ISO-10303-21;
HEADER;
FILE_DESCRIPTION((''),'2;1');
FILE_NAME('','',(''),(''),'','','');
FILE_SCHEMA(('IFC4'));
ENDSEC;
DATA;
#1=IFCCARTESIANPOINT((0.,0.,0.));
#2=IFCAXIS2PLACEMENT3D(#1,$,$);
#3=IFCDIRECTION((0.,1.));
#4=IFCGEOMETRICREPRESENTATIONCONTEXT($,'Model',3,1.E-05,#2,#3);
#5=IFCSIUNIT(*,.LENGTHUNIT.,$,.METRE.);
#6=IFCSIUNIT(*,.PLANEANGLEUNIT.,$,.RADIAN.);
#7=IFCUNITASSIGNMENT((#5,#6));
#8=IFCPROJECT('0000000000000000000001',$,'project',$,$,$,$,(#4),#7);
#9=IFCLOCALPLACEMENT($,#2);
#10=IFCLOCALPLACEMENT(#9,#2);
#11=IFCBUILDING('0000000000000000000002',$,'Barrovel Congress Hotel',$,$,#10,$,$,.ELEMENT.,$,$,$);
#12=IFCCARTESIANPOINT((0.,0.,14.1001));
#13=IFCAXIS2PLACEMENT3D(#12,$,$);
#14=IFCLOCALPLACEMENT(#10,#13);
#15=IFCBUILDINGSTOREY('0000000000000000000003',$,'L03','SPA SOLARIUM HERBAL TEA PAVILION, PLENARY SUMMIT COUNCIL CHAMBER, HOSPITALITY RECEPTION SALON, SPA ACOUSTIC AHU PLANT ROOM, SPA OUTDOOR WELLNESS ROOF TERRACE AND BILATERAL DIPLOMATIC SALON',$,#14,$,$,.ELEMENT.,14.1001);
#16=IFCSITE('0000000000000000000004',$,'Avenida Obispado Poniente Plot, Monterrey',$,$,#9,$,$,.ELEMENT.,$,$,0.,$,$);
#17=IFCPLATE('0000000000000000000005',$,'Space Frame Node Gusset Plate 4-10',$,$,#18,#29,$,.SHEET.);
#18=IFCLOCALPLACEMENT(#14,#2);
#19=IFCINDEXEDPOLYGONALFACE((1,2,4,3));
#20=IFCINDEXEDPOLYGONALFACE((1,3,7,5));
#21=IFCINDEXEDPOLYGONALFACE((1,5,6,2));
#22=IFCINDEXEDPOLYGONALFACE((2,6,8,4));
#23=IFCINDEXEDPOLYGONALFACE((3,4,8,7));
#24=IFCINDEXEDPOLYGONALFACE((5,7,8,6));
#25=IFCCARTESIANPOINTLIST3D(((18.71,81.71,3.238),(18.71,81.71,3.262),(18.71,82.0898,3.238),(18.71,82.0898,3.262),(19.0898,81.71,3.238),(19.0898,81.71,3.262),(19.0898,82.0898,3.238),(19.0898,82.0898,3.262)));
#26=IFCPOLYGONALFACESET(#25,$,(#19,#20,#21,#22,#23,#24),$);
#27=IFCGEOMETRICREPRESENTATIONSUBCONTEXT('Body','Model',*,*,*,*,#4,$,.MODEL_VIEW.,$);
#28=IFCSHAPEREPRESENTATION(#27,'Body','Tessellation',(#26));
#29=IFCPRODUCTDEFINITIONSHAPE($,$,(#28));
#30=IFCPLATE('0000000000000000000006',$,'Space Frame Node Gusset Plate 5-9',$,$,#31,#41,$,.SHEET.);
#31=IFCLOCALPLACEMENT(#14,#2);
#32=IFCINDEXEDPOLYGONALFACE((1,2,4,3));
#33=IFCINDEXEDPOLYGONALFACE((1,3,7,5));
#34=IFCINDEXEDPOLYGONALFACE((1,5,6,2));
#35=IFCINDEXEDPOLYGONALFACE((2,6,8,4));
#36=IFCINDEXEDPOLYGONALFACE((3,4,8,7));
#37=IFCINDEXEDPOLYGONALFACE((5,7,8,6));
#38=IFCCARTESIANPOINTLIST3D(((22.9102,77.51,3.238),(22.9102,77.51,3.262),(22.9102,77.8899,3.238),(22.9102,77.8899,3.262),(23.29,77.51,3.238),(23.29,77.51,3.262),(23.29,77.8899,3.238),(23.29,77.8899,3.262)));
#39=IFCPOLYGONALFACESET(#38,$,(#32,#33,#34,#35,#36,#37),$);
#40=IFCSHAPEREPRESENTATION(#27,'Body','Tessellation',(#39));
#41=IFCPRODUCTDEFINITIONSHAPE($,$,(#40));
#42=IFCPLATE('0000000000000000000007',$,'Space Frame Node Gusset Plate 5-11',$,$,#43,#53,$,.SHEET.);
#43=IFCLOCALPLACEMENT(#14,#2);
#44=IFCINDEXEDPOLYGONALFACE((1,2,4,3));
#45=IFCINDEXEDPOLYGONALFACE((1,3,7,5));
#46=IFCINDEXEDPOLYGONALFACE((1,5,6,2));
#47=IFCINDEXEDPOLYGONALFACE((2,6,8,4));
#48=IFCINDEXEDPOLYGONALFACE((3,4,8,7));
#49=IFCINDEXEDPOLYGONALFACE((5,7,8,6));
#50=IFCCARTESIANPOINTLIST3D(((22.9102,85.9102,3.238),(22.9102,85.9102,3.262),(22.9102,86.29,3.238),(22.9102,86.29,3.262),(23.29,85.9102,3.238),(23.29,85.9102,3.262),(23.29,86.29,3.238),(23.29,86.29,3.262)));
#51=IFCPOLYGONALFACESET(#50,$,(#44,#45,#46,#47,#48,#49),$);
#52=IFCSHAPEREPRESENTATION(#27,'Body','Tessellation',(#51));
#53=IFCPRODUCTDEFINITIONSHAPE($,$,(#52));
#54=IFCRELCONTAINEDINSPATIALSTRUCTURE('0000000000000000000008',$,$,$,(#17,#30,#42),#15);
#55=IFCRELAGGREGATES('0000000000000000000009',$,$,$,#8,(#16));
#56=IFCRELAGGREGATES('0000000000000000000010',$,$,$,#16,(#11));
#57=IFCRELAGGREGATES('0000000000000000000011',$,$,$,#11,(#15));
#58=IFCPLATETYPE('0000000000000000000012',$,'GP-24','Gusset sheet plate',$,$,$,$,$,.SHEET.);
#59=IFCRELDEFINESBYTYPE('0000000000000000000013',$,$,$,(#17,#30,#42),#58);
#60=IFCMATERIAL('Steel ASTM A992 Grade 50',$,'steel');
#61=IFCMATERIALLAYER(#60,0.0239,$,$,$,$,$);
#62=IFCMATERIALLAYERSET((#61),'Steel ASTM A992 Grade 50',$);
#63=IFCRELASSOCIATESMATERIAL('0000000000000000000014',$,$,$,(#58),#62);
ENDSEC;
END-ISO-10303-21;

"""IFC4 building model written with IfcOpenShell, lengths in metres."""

from ifc_helpers import new_model, si_unit, direction, frame, origin, origin_2d, place, context, subcontext, project, spatial, rectangle, extrude, material, layer, layer_set, type_object, element, save


model = new_model("IFC4")

# Units and contexts
model_context = context("Model", 3, precision=1e-05, world=origin(), true_north=direction((0.0, 1.0)))
body_context = subcontext(model_context, "Body", "Model", "MODEL_VIEW")
ifc_project = project(units=[si_unit("LENGTHUNIT", "METRE"), si_unit("PLANEANGLEUNIT", "RADIAN")], contexts=[model_context])

# Site, building, storey
site_placement = place(None, origin())
site = spatial("IfcSite", under=ifc_project, at=site_placement, Name="Avenida Obispado Poniente Plot, Monterrey", CompositionType="ELEMENT", RefElevation=0.0)
building_placement = place(site_placement, origin())
building = spatial("IfcBuilding", under=site, at=building_placement, Name="Barrovel Congress Hotel", CompositionType="ELEMENT")
storey_placement = place(building_placement, frame((0.0, 0.0, 14.1001)))
storey = spatial("IfcBuildingStorey", under=building, at=storey_placement, Name="L03", Description="SPA SOLARIUM HERBAL TEA PAVILION, PLENARY SUMMIT COUNCIL CHAMBER, HOSPITALITY RECEPTION SALON, SPA ACOUSTIC AHU PLANT ROOM, SPA OUTDOOR WELLNESS ROOF TERRACE AND BILATERAL DIPLOMATIC SALON", CompositionType="ELEMENT", Elevation=14.1001)

# Plates
ifc_material_1 = material(Name="Steel ASTM A992 Grade 50", Category="steel")
ifc_layer_1 = layer(ifc_material_1, 0.0239)
ifc_layer_set_1 = layer_set([ifc_layer_1], Name="Steel ASTM A992 Grade 50")
plate_type_1 = type_object("IfcPlateType", Name="GP-24", Description="Gusset sheet plate", PredefinedType="SHEET", material=ifc_layer_set_1)
for number, where, z_axis, x_axis, name in (
    (1, (18.8999, 81.8999, 3.238), (0.0, 0.0, 1.0), (1.0, 0.0, 0.0), "Space Frame Node Gusset Plate 4-10"),
    (2, (23.1001, 77.7, 3.238), (0.0, 0.0, 1.0), (1.0, 0.0, 0.0), "Space Frame Node Gusset Plate 5-9"),
    (3, (23.1001, 86.1001, 3.238), (0.0, 0.0, 1.0), (1.0, 0.0, 0.0), "Space Frame Node Gusset Plate 5-11"),
):
    element("IfcPlate", number, at=place(storey_placement, frame(where, z_axis=z_axis, x_axis=x_axis)), inside=storey, type_object=plate_type_1, Name=name, PredefinedType="SHEET", context=body_context, shape_type="SweptSolid", body=[
        extrude(rectangle(XDim=0.3799, YDim=0.3799, at=origin_2d()), origin(), (0.0, 0.0, 1.0), 0.0239),
    ])

save(model, "model.ifc")
